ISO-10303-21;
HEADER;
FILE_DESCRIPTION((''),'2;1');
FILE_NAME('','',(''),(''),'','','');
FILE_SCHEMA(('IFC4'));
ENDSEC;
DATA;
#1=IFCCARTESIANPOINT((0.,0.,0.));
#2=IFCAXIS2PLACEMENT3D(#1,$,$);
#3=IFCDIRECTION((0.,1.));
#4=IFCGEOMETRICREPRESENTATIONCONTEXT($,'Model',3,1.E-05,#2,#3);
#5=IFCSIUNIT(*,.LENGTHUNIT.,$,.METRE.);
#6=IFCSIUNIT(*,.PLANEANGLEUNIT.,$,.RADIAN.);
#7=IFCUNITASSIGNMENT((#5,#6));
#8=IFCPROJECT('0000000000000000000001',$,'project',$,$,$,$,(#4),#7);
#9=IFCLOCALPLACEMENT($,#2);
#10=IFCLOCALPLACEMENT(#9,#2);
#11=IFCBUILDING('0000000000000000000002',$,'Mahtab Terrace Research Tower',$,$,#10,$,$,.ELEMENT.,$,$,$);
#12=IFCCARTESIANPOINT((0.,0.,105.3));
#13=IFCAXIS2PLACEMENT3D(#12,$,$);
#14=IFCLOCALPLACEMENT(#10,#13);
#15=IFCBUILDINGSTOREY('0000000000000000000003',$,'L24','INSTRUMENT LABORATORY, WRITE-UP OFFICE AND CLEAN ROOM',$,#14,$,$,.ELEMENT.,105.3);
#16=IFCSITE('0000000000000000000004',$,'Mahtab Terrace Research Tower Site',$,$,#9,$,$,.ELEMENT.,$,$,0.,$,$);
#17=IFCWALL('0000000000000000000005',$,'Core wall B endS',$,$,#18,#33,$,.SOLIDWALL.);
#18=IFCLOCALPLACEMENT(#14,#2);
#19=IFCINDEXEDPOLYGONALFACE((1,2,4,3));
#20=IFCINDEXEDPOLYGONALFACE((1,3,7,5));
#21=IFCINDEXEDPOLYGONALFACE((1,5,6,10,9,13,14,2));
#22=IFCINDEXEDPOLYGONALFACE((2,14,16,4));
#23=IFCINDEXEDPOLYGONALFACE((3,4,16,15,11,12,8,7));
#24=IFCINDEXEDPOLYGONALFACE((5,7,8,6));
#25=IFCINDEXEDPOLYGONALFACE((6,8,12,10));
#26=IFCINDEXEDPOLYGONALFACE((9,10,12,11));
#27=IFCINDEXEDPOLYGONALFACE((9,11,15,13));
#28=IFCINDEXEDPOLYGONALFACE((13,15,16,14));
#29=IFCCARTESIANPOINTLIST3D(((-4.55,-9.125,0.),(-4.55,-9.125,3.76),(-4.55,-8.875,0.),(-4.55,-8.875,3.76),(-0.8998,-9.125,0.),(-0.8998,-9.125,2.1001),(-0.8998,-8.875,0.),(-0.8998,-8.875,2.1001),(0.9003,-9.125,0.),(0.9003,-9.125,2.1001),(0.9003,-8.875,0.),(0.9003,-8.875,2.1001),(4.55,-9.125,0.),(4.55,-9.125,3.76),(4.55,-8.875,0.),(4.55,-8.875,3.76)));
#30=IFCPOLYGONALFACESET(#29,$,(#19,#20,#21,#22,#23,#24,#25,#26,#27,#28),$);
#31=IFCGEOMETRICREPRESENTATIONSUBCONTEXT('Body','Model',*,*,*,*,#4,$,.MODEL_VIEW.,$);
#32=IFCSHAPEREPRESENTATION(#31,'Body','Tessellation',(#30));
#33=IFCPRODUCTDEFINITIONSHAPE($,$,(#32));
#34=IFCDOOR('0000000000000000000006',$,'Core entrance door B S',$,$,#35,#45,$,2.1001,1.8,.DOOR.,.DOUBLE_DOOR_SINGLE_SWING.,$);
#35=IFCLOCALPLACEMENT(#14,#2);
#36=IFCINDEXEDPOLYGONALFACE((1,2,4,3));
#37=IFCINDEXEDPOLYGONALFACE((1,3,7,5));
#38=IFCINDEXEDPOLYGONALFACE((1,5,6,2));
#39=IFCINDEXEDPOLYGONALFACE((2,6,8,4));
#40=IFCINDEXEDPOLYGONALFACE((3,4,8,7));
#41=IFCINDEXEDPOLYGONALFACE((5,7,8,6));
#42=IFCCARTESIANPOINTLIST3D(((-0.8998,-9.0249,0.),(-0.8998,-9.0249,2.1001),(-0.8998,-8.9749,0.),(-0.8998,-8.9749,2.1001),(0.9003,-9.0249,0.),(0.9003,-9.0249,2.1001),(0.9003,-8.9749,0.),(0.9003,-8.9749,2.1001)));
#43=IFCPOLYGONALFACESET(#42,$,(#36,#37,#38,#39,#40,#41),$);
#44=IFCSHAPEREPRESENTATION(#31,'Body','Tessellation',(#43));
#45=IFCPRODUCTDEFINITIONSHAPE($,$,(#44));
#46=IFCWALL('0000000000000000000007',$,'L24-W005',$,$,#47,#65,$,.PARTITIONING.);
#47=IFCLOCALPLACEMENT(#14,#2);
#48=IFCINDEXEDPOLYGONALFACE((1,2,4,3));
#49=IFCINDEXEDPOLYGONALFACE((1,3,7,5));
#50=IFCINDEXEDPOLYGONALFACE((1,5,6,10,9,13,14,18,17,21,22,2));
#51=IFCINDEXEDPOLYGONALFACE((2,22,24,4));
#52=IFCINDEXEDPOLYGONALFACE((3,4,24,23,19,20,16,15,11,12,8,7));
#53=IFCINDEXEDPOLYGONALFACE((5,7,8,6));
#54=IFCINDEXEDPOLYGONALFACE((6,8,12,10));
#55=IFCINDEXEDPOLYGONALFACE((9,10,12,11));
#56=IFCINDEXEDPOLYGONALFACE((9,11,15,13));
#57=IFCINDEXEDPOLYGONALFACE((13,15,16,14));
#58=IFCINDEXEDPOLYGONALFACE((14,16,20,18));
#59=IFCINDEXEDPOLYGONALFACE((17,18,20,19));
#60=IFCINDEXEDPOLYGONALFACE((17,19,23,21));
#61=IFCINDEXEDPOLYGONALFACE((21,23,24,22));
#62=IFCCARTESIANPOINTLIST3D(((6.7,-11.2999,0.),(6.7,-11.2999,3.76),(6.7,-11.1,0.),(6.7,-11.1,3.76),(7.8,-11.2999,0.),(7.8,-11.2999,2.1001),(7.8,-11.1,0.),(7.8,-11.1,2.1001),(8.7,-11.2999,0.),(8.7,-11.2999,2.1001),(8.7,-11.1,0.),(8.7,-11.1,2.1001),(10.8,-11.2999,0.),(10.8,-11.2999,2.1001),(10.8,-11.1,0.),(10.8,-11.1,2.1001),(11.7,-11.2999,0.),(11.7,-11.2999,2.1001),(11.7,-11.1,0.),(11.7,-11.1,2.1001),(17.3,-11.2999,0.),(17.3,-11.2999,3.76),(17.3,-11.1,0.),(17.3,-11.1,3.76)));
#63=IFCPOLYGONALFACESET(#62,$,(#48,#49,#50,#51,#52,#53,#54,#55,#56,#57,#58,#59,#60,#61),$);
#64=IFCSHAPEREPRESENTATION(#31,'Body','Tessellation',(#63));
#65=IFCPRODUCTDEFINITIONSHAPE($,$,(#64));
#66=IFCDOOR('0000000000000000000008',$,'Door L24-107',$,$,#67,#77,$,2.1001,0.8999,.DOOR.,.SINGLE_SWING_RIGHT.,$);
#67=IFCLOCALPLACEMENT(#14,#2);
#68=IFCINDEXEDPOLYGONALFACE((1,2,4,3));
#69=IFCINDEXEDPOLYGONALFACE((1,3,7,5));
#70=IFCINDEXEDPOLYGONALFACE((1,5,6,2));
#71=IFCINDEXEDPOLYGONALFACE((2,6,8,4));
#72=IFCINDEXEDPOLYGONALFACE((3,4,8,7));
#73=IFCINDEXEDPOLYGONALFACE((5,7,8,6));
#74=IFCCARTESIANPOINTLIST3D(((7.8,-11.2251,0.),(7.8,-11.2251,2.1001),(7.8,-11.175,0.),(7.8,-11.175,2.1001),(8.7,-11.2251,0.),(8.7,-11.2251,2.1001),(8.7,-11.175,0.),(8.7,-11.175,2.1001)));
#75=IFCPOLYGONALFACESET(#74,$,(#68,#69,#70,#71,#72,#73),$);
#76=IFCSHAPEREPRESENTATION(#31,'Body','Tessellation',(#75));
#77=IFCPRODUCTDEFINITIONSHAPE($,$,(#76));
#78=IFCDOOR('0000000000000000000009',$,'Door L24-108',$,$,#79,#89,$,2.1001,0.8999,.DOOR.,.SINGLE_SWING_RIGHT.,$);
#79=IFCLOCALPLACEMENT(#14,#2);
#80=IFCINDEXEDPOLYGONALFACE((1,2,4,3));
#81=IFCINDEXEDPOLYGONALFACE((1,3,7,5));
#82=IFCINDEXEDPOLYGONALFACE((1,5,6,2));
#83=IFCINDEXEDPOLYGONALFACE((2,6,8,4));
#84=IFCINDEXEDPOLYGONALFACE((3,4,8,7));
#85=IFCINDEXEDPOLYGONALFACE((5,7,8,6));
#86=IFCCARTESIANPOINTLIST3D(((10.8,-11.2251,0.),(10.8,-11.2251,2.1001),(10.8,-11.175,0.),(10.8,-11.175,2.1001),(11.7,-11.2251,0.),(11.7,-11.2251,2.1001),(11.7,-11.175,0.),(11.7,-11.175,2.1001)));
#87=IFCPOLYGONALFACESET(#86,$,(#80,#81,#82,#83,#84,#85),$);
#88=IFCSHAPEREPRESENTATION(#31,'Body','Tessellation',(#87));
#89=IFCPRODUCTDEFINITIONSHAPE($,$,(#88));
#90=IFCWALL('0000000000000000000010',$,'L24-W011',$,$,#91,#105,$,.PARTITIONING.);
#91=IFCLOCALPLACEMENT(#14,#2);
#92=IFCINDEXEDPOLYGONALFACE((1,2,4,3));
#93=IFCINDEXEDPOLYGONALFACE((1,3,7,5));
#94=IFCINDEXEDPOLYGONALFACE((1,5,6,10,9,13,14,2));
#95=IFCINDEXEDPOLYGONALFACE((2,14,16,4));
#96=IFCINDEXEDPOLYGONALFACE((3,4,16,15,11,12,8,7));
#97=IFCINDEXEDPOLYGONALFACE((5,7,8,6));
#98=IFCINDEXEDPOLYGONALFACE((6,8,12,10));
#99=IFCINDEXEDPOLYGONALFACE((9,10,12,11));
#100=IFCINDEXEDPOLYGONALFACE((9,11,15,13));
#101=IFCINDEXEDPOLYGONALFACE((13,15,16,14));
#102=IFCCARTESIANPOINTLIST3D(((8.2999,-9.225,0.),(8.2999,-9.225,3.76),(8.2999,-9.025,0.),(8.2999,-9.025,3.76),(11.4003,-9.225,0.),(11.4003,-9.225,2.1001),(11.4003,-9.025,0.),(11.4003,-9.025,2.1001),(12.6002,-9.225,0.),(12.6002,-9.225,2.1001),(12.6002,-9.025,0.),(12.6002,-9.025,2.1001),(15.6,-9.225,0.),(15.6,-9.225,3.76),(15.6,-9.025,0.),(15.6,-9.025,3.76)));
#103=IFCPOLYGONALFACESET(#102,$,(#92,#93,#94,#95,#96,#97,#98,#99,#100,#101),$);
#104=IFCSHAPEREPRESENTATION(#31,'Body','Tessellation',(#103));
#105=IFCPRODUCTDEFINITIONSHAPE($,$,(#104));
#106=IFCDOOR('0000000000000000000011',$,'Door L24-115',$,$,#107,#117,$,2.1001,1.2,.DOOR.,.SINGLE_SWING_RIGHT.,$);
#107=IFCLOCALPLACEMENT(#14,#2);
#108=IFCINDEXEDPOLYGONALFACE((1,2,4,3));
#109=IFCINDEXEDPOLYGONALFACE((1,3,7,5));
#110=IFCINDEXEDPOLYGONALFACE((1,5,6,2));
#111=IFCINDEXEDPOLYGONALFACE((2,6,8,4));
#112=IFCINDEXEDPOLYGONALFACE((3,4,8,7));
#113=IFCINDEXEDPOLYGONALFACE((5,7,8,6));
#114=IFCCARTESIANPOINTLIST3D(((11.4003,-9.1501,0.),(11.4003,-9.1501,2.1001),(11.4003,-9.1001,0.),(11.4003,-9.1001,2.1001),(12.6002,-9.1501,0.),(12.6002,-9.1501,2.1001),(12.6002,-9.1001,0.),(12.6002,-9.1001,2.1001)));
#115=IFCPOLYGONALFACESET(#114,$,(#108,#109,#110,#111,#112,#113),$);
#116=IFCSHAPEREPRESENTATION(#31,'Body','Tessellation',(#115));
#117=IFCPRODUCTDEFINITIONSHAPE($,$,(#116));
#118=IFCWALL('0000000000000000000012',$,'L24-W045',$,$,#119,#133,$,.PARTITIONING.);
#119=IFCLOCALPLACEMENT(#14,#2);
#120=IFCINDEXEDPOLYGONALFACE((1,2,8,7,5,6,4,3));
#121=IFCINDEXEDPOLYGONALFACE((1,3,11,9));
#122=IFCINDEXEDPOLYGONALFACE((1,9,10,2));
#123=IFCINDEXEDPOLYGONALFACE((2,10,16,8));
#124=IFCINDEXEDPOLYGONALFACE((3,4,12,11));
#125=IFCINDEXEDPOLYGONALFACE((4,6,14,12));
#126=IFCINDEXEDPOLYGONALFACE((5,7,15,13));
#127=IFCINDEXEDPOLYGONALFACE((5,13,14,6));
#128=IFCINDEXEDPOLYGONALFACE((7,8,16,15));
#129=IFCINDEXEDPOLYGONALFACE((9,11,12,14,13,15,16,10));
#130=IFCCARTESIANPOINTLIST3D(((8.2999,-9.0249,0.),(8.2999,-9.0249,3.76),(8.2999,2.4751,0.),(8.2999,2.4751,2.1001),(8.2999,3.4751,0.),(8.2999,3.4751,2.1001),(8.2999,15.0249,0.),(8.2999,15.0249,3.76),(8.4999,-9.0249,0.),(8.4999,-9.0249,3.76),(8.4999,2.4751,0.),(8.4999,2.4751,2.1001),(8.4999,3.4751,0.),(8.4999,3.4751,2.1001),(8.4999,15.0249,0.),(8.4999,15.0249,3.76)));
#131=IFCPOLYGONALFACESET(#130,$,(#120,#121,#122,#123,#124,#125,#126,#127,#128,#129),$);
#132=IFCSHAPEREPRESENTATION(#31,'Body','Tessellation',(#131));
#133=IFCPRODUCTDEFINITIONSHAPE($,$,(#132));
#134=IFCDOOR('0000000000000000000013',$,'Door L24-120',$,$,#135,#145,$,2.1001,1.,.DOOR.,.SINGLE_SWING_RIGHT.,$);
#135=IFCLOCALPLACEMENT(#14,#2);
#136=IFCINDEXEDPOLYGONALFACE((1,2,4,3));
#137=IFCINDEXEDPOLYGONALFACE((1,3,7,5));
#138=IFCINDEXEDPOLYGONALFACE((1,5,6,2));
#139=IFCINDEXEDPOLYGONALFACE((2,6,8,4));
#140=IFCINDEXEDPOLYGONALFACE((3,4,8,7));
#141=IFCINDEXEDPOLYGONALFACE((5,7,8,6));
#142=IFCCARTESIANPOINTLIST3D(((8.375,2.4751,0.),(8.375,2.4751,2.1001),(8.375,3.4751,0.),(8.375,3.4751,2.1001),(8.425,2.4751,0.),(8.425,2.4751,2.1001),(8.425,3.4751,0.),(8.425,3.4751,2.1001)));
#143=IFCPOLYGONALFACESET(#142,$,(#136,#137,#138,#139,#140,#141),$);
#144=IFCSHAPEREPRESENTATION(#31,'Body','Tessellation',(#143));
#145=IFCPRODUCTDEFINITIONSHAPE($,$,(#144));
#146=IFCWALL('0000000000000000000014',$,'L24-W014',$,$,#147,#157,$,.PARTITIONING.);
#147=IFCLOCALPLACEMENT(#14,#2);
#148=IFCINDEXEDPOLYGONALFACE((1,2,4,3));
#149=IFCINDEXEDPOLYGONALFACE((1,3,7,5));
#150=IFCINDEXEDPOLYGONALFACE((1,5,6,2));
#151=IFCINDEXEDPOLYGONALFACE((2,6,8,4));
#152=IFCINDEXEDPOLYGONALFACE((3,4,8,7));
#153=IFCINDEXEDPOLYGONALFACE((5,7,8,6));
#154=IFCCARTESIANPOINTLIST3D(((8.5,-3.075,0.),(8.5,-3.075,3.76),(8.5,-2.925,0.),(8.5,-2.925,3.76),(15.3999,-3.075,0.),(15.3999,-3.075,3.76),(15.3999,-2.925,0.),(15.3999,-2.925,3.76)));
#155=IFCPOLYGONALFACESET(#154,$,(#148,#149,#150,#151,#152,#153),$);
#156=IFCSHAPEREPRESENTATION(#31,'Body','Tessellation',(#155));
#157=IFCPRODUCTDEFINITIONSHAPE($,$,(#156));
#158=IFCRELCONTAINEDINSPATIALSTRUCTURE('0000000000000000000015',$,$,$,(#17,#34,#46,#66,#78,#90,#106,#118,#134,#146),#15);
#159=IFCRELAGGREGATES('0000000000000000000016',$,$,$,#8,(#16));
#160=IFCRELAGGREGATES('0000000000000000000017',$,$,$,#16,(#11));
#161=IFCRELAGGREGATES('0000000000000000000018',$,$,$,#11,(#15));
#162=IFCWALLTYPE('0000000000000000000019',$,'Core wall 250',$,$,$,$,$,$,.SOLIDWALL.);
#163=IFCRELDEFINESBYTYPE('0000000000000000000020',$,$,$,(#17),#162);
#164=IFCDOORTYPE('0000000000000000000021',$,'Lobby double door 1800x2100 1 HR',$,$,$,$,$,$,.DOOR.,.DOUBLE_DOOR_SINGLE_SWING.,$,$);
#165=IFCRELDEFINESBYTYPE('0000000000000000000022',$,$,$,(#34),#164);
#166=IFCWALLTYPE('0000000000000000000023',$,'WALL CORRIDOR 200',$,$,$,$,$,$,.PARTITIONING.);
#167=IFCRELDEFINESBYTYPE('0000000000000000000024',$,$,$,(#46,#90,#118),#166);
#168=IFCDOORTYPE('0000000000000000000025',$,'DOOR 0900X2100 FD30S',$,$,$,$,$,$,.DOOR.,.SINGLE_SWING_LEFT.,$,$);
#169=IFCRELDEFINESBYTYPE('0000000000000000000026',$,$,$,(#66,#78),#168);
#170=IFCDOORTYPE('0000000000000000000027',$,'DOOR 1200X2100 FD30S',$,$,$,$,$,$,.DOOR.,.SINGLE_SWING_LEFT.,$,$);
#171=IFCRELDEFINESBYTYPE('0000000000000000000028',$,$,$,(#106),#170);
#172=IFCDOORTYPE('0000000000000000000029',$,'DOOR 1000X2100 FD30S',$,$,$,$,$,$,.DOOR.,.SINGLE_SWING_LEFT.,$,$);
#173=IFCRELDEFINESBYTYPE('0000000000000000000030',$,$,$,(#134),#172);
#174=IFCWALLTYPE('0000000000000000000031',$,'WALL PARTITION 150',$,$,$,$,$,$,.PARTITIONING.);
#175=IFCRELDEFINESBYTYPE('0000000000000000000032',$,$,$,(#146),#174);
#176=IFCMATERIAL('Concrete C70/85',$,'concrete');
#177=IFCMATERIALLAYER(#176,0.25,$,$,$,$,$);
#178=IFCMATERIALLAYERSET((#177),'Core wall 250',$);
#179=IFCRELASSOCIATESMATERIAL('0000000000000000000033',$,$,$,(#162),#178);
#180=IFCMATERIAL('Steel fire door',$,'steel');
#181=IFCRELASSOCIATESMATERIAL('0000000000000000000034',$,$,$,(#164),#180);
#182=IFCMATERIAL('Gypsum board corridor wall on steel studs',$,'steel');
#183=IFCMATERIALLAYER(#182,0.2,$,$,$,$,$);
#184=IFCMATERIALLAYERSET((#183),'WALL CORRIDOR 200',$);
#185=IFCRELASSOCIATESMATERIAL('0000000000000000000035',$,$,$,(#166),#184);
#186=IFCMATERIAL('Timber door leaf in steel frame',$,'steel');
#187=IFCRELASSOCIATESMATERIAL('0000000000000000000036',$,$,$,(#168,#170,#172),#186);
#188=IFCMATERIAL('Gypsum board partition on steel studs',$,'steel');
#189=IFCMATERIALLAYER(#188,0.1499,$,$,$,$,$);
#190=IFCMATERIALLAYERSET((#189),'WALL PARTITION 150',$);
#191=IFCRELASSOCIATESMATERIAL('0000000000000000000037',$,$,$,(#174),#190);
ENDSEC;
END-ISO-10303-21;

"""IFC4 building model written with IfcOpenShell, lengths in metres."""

from ifc_helpers import new_model, si_unit, direction, frame, frame_2d, origin, place, context, subcontext, project, spatial, rectangle, extrude, material, layer, layer_set, type_object, element, fill, save


model = new_model("IFC4")

# Units and contexts
model_context = context("Model", 3, precision=1e-05, world=origin(), true_north=direction((0.0, 1.0)))
body_context = subcontext(model_context, "Body", "Model", "MODEL_VIEW")
ifc_project = project(units=[si_unit("LENGTHUNIT", "METRE"), si_unit("PLANEANGLEUNIT", "RADIAN")], contexts=[model_context])

# Site, building, storey
site_placement = place(None, origin())
site = spatial("IfcSite", under=ifc_project, at=site_placement, Name="Mahtab Terrace Research Tower Site", CompositionType="ELEMENT", RefElevation=0.0)
building_placement = place(site_placement, origin())
building = spatial("IfcBuilding", under=site, at=building_placement, Name="Mahtab Terrace Research Tower", CompositionType="ELEMENT")
storey_placement = place(building_placement, frame((0.0, 0.0, 105.3)))
storey = spatial("IfcBuildingStorey", under=building, at=storey_placement, Name="L24", Description="INSTRUMENT LABORATORY, WRITE-UP OFFICE AND CLEAN ROOM", CompositionType="ELEMENT", Elevation=105.3)

# Shared definitions
ifc_material_1 = material(Name="Concrete C70/85", Category="concrete")

# Shared definitions
ifc_layer_1 = layer(ifc_material_1, 0.25)
ifc_layer_set_1 = layer_set([ifc_layer_1], Name="Core wall 250")
wall_type_1 = type_object("IfcWallType", Name="Core wall 250", PredefinedType="SOLIDWALL", material=ifc_layer_set_1)

# Wall, opening, door
wall_1_placement = place(storey_placement, frame((4.55, -9.0, 0.0), z_axis=(0.0, 0.0, 1.0), x_axis=(-1.0, 0.0, 0.0)))
wall_1 = element("IfcWall", 1, at=wall_1_placement, inside=storey, type_object=wall_type_1, Name="Core wall B endS", PredefinedType="SOLIDWALL", context=body_context, shape_type="SweptSolid", body=[
    extrude(rectangle(XDim=9.1001, YDim=0.25, at=frame_2d((4.55, 0.0))), origin(), (0.0, 0.0, 1.0), 3.76),
])
opening_1_placement = place(wall_1_placement, frame((3.6499, 0.0, 0.0)))
opening_1 = element("IfcOpeningElement", 2, at=opening_1_placement, cuts=wall_1, PredefinedType="OPENING", context=body_context, shape_type="SweptSolid", body=[
    extrude(rectangle(XDim=1.8, YDim=2.1001, at=frame_2d((0.8999, 1.05))), frame((0.0, 0.135, 0.0), z_axis=(0.0, -1.0, 0.0), x_axis=(1.0, 0.0, 0.0)), (0.0, 0.0, 1.0), 0.27),
])
ifc_material_2 = material(Name="Steel fire door", Category="steel")
door_type_1 = type_object("IfcDoorType", Name="Lobby double door 1800x2100 1 HR", OperationType="DOUBLE_DOOR_SINGLE_SWING", PredefinedType="DOOR", material=ifc_material_2)
door_1_placement = place(opening_1_placement, origin())
door_1 = element("IfcDoor", 3, at=door_1_placement, inside=storey, type_object=door_type_1, Name="Core entrance door B S", OperationType="DOUBLE_DOOR_SINGLE_SWING", OverallHeight=2.1001, OverallWidth=1.8, PredefinedType="DOOR", context=body_context, shape_type="SweptSolid", body=[
    extrude(rectangle(XDim=1.8, YDim=2.1001, at=frame_2d((0.8999, 1.05))), frame((0.0, 0.0249, 0.0), z_axis=(0.0, -1.0, 0.0), x_axis=(1.0, 0.0, 0.0)), (0.0, 0.0, 1.0), 0.05),
])
fill(opening_1, door_1)

# Wall, openings, doors
ifc_material_3 = material(Name="Gypsum board corridor wall on steel studs", Category="steel")
ifc_layer_2 = layer(ifc_material_3, 0.2)
ifc_layer_set_2 = layer_set([ifc_layer_2], Name="WALL CORRIDOR 200")
wall_type_2 = type_object("IfcWallType", Name="WALL CORRIDOR 200", PredefinedType="PARTITIONING", material=ifc_layer_set_2)
wall_2_placement = place(storey_placement, frame((6.7, -11.2, 0.0), z_axis=(0.0, 0.0, 1.0), x_axis=(1.0, 0.0, 0.0)))
wall_2 = element("IfcWall", 4, at=wall_2_placement, inside=storey, type_object=wall_type_2, Name="L24-W005", PredefinedType="PARTITIONING", context=body_context, shape_type="SweptSolid", body=[
    extrude(rectangle(XDim=10.6001, YDim=0.2, at=frame_2d((5.3, 0.0))), origin(), (0.0, 0.0, 1.0), 3.76),
])
opening_2_placement = place(wall_2_placement, frame((1.1001, 0.0, 0.0)))
opening_2 = element("IfcOpeningElement", 5, at=opening_2_placement, cuts=wall_2, PredefinedType="OPENING", context=body_context, shape_type="SweptSolid", body=[
    extrude(rectangle(XDim=0.8999, YDim=2.1001, at=frame_2d((0.45, 1.05))), frame((0.0, 0.1099, 0.0), z_axis=(0.0, -1.0, 0.0), x_axis=(1.0, 0.0, 0.0)), (0.0, 0.0, 1.0), 0.22),
])
opening_3_placement = place(wall_2_placement, frame((4.1001, 0.0, 0.0)))
opening_3 = element("IfcOpeningElement", 6, at=opening_3_placement, cuts=wall_2, PredefinedType="OPENING", context=body_context, shape_type="SweptSolid", body=[
    extrude(rectangle(XDim=0.8999, YDim=2.1001, at=frame_2d((0.45, 1.05))), frame((0.0, 0.1099, 0.0), z_axis=(0.0, -1.0, 0.0), x_axis=(1.0, 0.0, 0.0)), (0.0, 0.0, 1.0), 0.22),
])
ifc_material_4 = material(Name="Timber door leaf in steel frame", Category="steel")
door_type_2 = type_object("IfcDoorType", Name="DOOR 0900X2100 FD30S", OperationType="SINGLE_SWING_LEFT", PredefinedType="DOOR", material=ifc_material_4)
door_2_placement = place(opening_2_placement, origin())
door_2 = element("IfcDoor", 7, at=door_2_placement, inside=storey, type_object=door_type_2, Name="Door L24-107", OperationType="SINGLE_SWING_RIGHT", OverallHeight=2.1001, OverallWidth=0.8999, PredefinedType="DOOR", context=body_context, shape_type="SweptSolid", body=[
    extrude(rectangle(XDim=0.8999, YDim=2.1001, at=frame_2d((0.45, 1.05))), frame((0.0, 0.0249, 0.0), z_axis=(0.0, -1.0, 0.0), x_axis=(1.0, 0.0, 0.0)), (0.0, 0.0, 1.0), 0.05),
])
fill(opening_2, door_2)
door_3_placement = place(opening_3_placement, origin())
door_3 = element("IfcDoor", 8, at=door_3_placement, inside=storey, type_object=door_type_2, Name="Door L24-108", OperationType="SINGLE_SWING_RIGHT", OverallHeight=2.1001, OverallWidth=0.8999, PredefinedType="DOOR", context=body_context, shape_type="SweptSolid", body=[
    extrude(rectangle(XDim=0.8999, YDim=2.1001, at=frame_2d((0.45, 1.05))), frame((0.0, 0.0249, 0.0), z_axis=(0.0, -1.0, 0.0), x_axis=(1.0, 0.0, 0.0)), (0.0, 0.0, 1.0), 0.05),
])
fill(opening_3, door_3)

# Walls, openings, doors
wall_3_placement = place(storey_placement, frame((8.3, -9.125, 0.0), z_axis=(0.0, 0.0, 1.0), x_axis=(1.0, 0.0, 0.0)))
wall_3 = element("IfcWall", 9, at=wall_3_placement, inside=storey, type_object=wall_type_2, Name="L24-W011", PredefinedType="PARTITIONING", context=body_context, shape_type="SweptSolid", body=[
    extrude(rectangle(XDim=7.3, YDim=0.2, at=frame_2d((3.6499, 0.0))), origin(), (0.0, 0.0, 1.0), 3.76),
])
opening_4_placement = place(wall_3_placement, frame((3.1001, 0.0, 0.0)))
opening_4 = element("IfcOpeningElement", 10, at=opening_4_placement, cuts=wall_3, PredefinedType="OPENING", context=body_context, shape_type="SweptSolid", body=[
    extrude(rectangle(XDim=1.2, YDim=2.1001, at=frame_2d((0.6001, 1.05))), frame((0.0, 0.1099, 0.0), z_axis=(0.0, -1.0, 0.0), x_axis=(1.0, 0.0, 0.0)), (0.0, 0.0, 1.0), 0.22),
])
door_type_3 = type_object("IfcDoorType", Name="DOOR 1200X2100 FD30S", OperationType="SINGLE_SWING_LEFT", PredefinedType="DOOR", material=ifc_material_4)
door_4_placement = place(opening_4_placement, origin())
door_4 = element("IfcDoor", 11, at=door_4_placement, inside=storey, type_object=door_type_3, Name="Door L24-115", OperationType="SINGLE_SWING_RIGHT", OverallHeight=2.1001, OverallWidth=1.2, PredefinedType="DOOR", context=body_context, shape_type="SweptSolid", body=[
    extrude(rectangle(XDim=1.2, YDim=2.1001, at=frame_2d((0.6001, 1.05))), frame((0.0, 0.0249, 0.0), z_axis=(0.0, -1.0, 0.0), x_axis=(1.0, 0.0, 0.0)), (0.0, 0.0, 1.0), 0.05),
])
fill(opening_4, door_4)
wall_4_placement = place(storey_placement, frame((8.3999, -9.0249, 0.0), z_axis=(0.0, 0.0, 1.0), x_axis=(0.0, 1.0, 0.0)))
wall_4 = element("IfcWall", 12, at=wall_4_placement, inside=storey, type_object=wall_type_2, Name="L24-W045", PredefinedType="PARTITIONING", context=body_context, shape_type="SweptSolid", body=[
    extrude(rectangle(XDim=24.0498, YDim=0.2, at=frame_2d((12.0249, 0.0))), origin(), (0.0, 0.0, 1.0), 3.76),
])
opening_5_placement = place(wall_4_placement, frame((11.5, 0.0, 0.0)))
opening_5 = element("IfcOpeningElement", 13, at=opening_5_placement, cuts=wall_4, PredefinedType="OPENING", context=body_context, shape_type="SweptSolid", body=[
    extrude(rectangle(XDim=1.0, YDim=2.1001, at=frame_2d((0.5, 1.05))), frame((0.0, 0.1099, 0.0), z_axis=(0.0, -1.0, 0.0), x_axis=(1.0, 0.0, 0.0)), (0.0, 0.0, 1.0), 0.22),
])
door_type_4 = type_object("IfcDoorType", Name="DOOR 1000X2100 FD30S", OperationType="SINGLE_SWING_LEFT", PredefinedType="DOOR", material=ifc_material_4)
door_5_placement = place(opening_5_placement, origin())
door_5 = element("IfcDoor", 14, at=door_5_placement, inside=storey, type_object=door_type_4, Name="Door L24-120", OperationType="SINGLE_SWING_RIGHT", OverallHeight=2.1001, OverallWidth=1.0, PredefinedType="DOOR", context=body_context, shape_type="SweptSolid", body=[
    extrude(rectangle(XDim=1.0, YDim=2.1001, at=frame_2d((0.5, 1.05))), frame((0.0, 0.0249, 0.0), z_axis=(0.0, -1.0, 0.0), x_axis=(1.0, 0.0, 0.0)), (0.0, 0.0, 1.0), 0.05),
])
fill(opening_5, door_5)

# Wall
ifc_material_5 = material(Name="Gypsum board partition on steel studs", Category="steel")
ifc_layer_3 = layer(ifc_material_5, 0.1499)
ifc_layer_set_3 = layer_set([ifc_layer_3], Name="WALL PARTITION 150")
wall_type_3 = type_object("IfcWallType", Name="WALL PARTITION 150", PredefinedType="PARTITIONING", material=ifc_layer_set_3)
wall_5_placement = place(storey_placement, frame((8.5, -3.0, 0.0), z_axis=(0.0, 0.0, 1.0), x_axis=(1.0, 0.0, 0.0)))
element("IfcWall", 15, at=wall_5_placement, inside=storey, type_object=wall_type_3, Name="L24-W014", PredefinedType="PARTITIONING", context=body_context, shape_type="SweptSolid", body=[
    extrude(rectangle(XDim=6.8999, YDim=0.1499, at=frame_2d((3.45, 0.0))), origin(), (0.0, 0.0, 1.0), 3.76),
])

save(model, "model.ifc")
